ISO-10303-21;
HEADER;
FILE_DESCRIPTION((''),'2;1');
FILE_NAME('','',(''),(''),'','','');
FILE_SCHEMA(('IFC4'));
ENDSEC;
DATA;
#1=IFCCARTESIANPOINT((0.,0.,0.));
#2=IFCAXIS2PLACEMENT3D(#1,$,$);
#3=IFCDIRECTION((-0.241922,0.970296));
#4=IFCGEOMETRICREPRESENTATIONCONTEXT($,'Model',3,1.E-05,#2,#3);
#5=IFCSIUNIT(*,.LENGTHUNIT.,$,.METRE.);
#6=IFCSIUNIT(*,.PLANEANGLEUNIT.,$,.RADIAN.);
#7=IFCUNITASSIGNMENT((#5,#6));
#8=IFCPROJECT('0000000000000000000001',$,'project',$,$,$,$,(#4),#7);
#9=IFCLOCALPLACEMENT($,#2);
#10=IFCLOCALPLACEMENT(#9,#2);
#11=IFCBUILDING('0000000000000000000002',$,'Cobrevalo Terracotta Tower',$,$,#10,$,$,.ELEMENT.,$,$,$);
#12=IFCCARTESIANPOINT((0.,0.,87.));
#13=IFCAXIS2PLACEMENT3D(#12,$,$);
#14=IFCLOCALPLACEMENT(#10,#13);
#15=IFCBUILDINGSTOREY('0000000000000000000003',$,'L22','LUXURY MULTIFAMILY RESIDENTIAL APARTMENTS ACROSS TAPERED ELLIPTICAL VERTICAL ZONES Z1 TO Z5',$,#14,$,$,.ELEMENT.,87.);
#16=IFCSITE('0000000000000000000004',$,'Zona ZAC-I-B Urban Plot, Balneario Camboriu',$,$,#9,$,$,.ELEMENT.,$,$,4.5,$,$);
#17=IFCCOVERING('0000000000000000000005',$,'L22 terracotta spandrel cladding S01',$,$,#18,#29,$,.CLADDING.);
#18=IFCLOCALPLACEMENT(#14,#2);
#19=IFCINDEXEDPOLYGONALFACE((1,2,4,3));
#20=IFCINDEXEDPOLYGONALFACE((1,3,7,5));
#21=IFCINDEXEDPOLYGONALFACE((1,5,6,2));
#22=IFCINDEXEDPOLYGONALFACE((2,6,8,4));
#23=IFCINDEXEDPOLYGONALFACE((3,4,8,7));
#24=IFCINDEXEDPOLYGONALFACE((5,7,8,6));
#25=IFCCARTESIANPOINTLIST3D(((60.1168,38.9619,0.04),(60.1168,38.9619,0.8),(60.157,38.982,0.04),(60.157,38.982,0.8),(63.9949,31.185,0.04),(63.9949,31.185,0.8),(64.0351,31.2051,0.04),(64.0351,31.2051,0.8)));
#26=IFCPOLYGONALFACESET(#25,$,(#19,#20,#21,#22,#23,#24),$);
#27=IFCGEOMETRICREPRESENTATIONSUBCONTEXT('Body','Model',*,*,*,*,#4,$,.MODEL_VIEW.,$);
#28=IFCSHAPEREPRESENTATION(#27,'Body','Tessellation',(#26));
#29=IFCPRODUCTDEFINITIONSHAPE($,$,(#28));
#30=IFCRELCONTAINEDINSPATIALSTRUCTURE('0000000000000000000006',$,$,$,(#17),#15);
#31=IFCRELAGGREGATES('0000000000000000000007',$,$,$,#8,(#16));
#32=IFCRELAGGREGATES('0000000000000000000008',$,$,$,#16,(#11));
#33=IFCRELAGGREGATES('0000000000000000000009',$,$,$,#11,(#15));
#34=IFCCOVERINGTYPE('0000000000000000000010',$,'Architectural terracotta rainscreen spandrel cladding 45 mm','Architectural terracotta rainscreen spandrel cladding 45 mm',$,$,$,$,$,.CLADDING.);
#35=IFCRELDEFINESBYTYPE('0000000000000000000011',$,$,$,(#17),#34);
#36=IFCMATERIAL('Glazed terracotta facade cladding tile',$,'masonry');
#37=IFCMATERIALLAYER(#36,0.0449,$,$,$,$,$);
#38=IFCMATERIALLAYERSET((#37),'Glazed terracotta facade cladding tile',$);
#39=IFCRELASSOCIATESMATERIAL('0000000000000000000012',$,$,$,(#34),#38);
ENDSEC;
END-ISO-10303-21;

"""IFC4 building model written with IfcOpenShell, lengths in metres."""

from ifc_helpers import new_model, si_unit, direction, frame, origin, origin_2d, place, context, subcontext, project, spatial, rectangle, extrude, source, transform, mapped, material, layer, layer_set, type_object, element, save


model = new_model("IFC4")

# Units and contexts
model_context = context("Model", 3, precision=1e-05, world=origin(), true_north=direction((-0.241922, 0.970296)))
body_context = subcontext(model_context, "Body", "Model", "MODEL_VIEW")
ifc_project = project(units=[si_unit("LENGTHUNIT", "METRE"), si_unit("PLANEANGLEUNIT", "RADIAN")], contexts=[model_context])

# Site, building, storey
site_placement = place(None, origin())
site = spatial("IfcSite", under=ifc_project, at=site_placement, Name="Zona ZAC-I-B Urban Plot, Balneario Camboriu", CompositionType="ELEMENT", RefElevation=4.5)
building_placement = place(site_placement, origin())
building = spatial("IfcBuilding", under=site, at=building_placement, Name="Cobrevalo Terracotta Tower", CompositionType="ELEMENT")
storey_placement = place(building_placement, frame((0.0, 0.0, 87.0)))
storey = spatial("IfcBuildingStorey", under=building, at=storey_placement, Name="L22", Description="LUXURY MULTIFAMILY RESIDENTIAL APARTMENTS ACROSS TAPERED ELLIPTICAL VERTICAL ZONES Z1 TO Z5", CompositionType="ELEMENT", Elevation=87.0)

# Covering
ifc_material_1 = material(Name="Glazed terracotta facade cladding tile", Category="masonry")
ifc_layer_1 = layer(ifc_material_1, 0.0449)
ifc_layer_set_1 = layer_set([ifc_layer_1], Name="Glazed terracotta facade cladding tile")
covering_type = type_object("IfcCoveringType", Name="Architectural terracotta rainscreen spandrel cladding 45 mm", Description="Architectural terracotta rainscreen spandrel cladding 45 mm", PredefinedType="CLADDING", material=ifc_layer_set_1)
shared_shape_1 = source(origin(), body_context, "Body", "SweptSolid", [
    extrude(rectangle(XDim=8.6902, YDim=0.0449, at=origin_2d()), origin(), (0.0, 0.0, 1.0), 0.76),
])
covering_placement = place(storey_placement, frame((62.0759, 35.0835, 0.04), z_axis=(0.0, 0.0, 1.0), x_axis=(-0.446262, 0.894902, 0.0)))
element("IfcCovering", 1, at=covering_placement, inside=storey, type_object=covering_type, Name="L22 terracotta spandrel cladding S01", PredefinedType="CLADDING", context=body_context, shape_type="MappedRepresentation", body=[
    mapped(shared_shape_1, transform((0.0, 0.0, 0.0), scale=1.0)),
])

save(model, "model.ifc")
